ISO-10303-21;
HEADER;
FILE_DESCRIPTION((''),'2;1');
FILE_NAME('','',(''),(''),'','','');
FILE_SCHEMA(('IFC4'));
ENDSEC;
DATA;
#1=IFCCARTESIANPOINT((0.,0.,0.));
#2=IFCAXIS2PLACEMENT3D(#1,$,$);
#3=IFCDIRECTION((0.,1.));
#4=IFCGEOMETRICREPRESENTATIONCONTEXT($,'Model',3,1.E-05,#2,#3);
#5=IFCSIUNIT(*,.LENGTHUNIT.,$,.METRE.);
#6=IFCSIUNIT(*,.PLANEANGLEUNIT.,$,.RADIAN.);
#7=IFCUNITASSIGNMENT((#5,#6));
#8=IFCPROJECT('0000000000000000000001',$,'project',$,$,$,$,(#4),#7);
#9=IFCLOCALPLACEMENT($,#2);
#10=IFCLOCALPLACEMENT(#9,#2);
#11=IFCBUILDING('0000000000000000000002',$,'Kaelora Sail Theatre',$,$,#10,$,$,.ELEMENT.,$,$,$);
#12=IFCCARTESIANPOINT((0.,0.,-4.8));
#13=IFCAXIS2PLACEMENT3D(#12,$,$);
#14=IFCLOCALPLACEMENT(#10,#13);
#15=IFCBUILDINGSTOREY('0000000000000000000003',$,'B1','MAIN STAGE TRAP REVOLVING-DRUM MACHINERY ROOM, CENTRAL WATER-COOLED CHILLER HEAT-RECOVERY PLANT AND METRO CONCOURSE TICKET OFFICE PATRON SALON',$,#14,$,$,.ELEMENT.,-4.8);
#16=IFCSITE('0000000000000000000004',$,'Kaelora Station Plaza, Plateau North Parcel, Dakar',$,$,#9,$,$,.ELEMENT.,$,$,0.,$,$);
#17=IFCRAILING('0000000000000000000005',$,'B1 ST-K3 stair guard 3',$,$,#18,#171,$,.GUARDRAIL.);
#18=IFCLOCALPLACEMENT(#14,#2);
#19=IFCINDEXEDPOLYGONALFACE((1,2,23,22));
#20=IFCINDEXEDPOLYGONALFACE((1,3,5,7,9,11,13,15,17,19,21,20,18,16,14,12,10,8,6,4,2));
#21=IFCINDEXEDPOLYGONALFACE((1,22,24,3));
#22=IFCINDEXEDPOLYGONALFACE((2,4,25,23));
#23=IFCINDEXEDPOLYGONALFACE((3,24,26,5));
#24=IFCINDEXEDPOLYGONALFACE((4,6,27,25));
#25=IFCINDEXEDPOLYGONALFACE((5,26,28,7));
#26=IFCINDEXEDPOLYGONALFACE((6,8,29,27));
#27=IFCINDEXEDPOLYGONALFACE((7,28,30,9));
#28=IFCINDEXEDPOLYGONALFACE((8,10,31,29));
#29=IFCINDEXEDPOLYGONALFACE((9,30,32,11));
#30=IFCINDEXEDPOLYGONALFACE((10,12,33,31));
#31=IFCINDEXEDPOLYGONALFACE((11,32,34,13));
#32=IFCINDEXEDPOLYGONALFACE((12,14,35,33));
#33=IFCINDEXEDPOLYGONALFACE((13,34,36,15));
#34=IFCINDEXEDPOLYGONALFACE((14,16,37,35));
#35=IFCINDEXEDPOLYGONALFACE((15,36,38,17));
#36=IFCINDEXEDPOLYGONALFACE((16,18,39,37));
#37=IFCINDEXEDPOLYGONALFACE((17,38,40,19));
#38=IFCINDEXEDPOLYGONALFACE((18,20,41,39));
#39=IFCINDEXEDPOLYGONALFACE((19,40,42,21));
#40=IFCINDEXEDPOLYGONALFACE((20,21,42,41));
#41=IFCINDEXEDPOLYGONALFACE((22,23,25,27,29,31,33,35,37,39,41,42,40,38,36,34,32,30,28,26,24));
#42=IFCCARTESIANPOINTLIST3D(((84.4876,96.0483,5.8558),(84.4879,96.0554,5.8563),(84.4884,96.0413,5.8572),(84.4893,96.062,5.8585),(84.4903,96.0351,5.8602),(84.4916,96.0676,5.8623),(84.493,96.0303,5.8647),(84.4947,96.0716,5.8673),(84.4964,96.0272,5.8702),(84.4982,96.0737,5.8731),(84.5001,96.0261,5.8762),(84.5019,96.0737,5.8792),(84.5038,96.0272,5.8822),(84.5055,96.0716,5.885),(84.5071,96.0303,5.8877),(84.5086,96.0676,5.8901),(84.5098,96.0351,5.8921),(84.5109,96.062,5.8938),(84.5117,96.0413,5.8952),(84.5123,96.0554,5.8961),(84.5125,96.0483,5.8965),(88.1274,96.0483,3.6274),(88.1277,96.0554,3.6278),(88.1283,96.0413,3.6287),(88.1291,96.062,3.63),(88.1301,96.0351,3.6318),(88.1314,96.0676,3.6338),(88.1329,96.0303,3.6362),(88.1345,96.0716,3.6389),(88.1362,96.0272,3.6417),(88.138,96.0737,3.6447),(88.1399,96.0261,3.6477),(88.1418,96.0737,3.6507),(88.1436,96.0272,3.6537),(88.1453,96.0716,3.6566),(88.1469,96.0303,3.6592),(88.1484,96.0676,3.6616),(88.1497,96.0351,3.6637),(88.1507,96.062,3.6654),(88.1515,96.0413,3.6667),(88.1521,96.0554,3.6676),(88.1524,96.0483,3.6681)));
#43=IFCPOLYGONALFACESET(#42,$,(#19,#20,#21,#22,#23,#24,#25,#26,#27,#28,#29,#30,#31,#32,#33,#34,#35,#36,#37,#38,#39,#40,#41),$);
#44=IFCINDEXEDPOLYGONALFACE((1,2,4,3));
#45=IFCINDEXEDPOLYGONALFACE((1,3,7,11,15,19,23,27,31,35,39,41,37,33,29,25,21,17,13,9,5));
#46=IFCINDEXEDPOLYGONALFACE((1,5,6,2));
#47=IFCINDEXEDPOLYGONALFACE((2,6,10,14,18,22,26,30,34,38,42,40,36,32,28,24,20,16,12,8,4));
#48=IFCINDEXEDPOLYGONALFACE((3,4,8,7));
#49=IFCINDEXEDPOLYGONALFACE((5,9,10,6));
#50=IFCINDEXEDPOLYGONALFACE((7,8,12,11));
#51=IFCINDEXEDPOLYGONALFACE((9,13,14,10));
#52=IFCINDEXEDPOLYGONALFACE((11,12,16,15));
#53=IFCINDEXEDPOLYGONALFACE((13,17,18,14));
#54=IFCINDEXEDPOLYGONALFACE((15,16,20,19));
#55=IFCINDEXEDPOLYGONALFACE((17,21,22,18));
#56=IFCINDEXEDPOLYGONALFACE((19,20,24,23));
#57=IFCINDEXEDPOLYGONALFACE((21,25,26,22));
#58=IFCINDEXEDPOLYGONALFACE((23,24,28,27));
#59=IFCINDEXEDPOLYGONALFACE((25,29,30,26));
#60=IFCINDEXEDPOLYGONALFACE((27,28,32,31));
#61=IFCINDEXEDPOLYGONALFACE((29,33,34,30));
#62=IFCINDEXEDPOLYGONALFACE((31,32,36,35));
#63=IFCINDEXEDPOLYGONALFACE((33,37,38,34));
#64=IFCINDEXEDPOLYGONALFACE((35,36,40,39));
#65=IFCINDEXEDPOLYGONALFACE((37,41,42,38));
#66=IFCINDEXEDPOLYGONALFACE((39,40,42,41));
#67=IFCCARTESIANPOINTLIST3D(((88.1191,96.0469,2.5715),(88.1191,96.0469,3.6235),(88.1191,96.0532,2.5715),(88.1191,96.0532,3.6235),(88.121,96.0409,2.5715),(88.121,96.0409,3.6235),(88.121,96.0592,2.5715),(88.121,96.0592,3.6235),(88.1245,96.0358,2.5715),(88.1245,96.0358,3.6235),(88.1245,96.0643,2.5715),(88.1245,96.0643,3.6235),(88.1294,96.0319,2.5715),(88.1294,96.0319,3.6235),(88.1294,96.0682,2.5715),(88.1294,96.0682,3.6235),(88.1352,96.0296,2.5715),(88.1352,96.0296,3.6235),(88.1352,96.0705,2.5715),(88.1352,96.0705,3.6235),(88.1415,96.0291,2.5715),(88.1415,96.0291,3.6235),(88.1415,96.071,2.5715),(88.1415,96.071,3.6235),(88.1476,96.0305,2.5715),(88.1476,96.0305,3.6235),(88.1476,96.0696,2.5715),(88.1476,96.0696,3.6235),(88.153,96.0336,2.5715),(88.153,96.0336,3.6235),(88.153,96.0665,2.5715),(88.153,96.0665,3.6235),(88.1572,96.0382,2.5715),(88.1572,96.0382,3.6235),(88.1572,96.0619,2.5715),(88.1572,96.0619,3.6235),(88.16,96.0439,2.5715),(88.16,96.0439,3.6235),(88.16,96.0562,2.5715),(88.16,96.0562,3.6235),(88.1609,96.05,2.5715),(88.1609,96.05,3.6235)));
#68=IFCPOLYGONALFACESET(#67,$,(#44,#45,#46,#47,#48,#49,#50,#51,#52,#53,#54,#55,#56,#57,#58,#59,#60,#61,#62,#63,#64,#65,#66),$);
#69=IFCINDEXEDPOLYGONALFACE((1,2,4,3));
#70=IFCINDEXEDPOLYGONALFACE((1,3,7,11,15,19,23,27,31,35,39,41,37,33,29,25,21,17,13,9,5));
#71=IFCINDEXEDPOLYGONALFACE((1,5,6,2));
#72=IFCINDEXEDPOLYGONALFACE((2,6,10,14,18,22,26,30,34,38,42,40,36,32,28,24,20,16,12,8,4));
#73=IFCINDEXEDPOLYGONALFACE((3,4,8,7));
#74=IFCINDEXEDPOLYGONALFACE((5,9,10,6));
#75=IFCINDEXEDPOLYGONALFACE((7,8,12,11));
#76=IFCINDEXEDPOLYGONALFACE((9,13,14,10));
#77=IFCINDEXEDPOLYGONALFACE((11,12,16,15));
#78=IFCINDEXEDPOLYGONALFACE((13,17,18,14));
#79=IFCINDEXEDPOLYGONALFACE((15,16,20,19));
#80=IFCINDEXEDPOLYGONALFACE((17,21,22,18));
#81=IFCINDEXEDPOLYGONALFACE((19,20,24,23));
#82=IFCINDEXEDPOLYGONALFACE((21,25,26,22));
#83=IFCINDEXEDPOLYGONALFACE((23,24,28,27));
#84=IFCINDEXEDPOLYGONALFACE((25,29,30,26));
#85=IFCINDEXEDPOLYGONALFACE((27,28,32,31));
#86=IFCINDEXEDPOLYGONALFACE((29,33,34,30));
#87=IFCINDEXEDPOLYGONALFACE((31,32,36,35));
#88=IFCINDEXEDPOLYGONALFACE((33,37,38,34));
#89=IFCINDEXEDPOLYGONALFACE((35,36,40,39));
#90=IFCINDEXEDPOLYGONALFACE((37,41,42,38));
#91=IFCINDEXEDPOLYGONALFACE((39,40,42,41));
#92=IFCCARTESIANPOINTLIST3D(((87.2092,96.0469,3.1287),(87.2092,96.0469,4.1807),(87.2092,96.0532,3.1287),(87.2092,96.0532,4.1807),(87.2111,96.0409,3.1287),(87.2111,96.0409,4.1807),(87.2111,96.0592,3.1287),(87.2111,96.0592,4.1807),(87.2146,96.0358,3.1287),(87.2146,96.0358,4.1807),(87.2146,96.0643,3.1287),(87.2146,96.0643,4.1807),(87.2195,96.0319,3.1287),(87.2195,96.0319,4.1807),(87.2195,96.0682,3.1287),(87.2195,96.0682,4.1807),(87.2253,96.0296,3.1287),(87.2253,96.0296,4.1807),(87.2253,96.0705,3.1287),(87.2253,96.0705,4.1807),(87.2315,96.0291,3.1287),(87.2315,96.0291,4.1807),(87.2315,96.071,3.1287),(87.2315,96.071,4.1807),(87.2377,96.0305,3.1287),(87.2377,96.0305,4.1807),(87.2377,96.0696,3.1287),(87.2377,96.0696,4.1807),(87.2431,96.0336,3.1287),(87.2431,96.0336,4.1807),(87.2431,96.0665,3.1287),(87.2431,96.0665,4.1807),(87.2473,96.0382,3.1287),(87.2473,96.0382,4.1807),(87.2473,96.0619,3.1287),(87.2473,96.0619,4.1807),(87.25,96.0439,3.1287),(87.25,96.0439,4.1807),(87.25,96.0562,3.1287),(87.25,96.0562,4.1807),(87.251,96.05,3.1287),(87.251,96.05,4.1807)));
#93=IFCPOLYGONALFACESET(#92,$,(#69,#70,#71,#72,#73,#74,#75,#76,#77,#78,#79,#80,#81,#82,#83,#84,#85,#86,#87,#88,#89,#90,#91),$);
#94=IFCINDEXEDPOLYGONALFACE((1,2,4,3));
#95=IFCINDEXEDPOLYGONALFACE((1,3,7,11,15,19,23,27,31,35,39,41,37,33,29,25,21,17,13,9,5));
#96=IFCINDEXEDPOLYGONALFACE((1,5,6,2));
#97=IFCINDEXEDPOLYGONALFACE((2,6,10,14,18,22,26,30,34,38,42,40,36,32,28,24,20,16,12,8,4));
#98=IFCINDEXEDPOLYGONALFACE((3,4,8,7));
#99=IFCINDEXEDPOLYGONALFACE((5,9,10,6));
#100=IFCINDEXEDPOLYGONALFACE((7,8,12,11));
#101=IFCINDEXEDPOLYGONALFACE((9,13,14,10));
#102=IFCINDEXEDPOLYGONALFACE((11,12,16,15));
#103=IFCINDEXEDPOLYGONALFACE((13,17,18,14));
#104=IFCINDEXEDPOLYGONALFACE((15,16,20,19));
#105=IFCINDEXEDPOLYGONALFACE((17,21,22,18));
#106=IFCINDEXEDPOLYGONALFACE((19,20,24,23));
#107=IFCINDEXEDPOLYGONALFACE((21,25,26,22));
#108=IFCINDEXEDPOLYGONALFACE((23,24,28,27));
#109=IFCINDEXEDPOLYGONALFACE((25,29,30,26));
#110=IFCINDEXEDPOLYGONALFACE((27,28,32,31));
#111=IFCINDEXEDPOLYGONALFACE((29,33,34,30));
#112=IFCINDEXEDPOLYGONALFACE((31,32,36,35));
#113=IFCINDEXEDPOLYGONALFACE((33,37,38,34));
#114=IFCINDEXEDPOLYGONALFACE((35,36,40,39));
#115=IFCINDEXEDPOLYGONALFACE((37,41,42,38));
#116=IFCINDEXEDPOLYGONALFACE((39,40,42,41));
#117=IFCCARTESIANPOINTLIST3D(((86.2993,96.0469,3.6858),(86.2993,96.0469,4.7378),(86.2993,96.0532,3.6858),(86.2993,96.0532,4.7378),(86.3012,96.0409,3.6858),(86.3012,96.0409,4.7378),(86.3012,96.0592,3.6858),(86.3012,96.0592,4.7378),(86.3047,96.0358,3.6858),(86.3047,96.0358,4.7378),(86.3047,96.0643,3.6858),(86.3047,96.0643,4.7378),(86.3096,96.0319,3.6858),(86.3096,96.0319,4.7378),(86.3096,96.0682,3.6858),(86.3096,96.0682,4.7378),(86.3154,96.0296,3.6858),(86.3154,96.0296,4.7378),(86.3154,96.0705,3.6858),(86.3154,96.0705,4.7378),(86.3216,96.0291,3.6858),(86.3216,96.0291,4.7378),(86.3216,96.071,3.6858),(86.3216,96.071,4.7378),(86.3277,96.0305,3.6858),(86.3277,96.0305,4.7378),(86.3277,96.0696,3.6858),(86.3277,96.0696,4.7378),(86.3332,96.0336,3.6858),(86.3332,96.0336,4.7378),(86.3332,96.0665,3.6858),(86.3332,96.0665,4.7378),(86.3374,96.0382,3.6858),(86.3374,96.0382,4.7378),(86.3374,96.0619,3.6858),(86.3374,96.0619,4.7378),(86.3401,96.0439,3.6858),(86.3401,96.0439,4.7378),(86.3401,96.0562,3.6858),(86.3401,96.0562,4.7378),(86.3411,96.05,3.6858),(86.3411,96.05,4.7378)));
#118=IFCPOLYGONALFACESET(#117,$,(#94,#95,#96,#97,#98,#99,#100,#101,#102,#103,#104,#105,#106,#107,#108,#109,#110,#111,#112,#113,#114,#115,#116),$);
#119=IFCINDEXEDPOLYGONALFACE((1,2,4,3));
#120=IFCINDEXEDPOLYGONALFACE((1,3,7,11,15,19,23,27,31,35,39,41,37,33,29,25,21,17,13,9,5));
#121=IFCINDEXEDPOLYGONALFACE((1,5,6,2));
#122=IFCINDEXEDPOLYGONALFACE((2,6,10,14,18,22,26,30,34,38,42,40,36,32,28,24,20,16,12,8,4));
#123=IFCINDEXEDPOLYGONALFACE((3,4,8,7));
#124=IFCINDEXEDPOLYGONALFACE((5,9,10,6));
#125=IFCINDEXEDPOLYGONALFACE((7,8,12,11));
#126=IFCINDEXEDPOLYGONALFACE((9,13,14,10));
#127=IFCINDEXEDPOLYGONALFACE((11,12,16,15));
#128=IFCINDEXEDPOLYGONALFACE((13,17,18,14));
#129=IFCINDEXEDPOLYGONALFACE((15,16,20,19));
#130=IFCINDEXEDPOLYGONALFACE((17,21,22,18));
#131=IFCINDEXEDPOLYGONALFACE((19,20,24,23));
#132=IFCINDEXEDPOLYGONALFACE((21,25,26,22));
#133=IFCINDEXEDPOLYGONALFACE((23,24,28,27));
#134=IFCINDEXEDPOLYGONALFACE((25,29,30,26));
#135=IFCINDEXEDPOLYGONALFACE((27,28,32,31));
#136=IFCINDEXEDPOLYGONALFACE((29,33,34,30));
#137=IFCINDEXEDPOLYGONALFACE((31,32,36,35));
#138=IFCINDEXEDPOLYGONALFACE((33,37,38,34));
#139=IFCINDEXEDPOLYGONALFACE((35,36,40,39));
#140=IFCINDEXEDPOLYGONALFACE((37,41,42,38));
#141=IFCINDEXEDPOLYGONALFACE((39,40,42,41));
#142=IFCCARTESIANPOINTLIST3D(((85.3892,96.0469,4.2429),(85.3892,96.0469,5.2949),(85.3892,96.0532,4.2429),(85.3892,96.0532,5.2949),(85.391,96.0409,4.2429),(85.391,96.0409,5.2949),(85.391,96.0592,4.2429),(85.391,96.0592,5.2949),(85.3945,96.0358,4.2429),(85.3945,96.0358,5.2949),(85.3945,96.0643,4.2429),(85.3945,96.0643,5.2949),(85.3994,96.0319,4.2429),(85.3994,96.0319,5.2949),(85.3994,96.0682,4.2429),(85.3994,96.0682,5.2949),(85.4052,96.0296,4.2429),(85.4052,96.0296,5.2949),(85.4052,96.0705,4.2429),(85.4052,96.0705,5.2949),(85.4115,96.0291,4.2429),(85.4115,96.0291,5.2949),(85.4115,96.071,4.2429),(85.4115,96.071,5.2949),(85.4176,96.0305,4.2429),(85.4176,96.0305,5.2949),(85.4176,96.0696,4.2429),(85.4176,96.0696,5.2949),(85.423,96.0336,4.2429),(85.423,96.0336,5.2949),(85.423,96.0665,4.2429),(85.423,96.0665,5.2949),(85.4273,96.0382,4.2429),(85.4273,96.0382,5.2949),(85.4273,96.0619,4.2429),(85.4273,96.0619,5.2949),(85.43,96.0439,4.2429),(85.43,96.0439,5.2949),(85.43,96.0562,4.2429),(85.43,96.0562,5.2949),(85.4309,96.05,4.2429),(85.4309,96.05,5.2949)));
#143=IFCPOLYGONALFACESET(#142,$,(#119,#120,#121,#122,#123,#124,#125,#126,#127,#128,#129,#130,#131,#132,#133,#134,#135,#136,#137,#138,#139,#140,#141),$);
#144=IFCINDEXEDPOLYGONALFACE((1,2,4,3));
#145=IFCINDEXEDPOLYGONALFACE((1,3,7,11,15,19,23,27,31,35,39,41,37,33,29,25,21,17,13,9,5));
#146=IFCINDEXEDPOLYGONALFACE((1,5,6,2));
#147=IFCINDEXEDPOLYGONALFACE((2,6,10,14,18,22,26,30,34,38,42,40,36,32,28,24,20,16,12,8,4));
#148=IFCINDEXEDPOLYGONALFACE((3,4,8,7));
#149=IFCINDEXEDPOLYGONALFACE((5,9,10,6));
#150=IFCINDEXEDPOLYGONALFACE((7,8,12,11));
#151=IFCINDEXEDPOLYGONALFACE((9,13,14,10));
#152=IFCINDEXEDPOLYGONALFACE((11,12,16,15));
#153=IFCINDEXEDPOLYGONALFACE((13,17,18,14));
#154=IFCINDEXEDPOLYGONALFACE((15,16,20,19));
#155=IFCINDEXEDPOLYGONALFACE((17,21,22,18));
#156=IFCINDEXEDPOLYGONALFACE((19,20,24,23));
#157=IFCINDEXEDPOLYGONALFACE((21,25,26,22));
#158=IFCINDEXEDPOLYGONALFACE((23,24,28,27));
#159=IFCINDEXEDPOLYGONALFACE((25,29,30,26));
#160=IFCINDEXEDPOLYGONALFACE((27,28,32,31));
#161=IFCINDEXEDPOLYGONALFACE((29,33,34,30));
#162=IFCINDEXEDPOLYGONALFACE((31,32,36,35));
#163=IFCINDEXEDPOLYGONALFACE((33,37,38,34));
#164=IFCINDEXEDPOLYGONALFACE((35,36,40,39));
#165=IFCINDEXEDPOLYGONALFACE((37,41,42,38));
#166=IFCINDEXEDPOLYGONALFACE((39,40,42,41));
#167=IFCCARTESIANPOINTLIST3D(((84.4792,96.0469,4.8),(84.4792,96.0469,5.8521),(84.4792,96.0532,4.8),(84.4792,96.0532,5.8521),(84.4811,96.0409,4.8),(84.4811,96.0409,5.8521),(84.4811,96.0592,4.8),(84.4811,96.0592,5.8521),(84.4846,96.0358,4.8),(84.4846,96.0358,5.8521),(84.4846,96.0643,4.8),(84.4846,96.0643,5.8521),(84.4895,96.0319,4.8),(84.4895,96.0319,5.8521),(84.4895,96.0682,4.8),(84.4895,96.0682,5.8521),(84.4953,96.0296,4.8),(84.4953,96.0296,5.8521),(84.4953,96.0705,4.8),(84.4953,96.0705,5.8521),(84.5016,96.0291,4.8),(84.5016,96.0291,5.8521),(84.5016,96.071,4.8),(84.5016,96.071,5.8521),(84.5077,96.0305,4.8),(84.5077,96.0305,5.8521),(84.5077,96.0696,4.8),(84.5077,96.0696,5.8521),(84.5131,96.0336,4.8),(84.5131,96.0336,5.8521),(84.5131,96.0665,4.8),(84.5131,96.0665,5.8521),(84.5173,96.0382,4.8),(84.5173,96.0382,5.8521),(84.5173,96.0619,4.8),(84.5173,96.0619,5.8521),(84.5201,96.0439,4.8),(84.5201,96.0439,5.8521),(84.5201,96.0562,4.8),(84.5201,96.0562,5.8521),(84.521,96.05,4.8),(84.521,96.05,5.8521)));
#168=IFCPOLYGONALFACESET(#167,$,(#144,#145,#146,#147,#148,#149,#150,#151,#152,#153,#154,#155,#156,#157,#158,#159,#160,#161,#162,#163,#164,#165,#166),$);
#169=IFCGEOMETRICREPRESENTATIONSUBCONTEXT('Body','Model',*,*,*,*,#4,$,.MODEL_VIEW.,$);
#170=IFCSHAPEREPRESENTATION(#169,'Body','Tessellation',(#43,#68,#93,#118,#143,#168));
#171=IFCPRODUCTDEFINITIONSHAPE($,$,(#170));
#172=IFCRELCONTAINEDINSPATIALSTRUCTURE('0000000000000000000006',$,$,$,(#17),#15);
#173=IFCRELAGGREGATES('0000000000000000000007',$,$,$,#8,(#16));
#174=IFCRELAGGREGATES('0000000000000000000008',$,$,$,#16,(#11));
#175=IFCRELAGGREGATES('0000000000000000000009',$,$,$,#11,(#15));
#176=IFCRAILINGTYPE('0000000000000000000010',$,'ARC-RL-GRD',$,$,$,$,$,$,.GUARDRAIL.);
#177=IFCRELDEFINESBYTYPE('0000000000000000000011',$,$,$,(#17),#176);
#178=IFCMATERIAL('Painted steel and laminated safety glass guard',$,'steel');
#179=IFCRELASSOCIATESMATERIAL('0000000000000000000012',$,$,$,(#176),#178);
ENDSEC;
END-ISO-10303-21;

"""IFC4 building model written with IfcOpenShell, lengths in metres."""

from ifc_helpers import new_model, si_unit, direction, frame, origin, origin_2d, place, context, subcontext, project, spatial, circle, extrude, material, type_object, element, save


model = new_model("IFC4")

# Units and contexts
model_context = context("Model", 3, precision=1e-05, world=origin(), true_north=direction((0.0, 1.0)))
body_context = subcontext(model_context, "Body", "Model", "MODEL_VIEW")
ifc_project = project(units=[si_unit("LENGTHUNIT", "METRE"), si_unit("PLANEANGLEUNIT", "RADIAN")], contexts=[model_context])

# Site, building, storey
site_placement = place(None, origin())
site = spatial("IfcSite", under=ifc_project, at=site_placement, Name="Kaelora Station Plaza, Plateau North Parcel, Dakar", CompositionType="ELEMENT", RefElevation=0.0)
building_placement = place(site_placement, origin())
building = spatial("IfcBuilding", under=site, at=building_placement, Name="Kaelora Sail Theatre", CompositionType="ELEMENT")
storey_placement = place(building_placement, frame((0.0, 0.0, -4.8)))
storey = spatial("IfcBuildingStorey", under=building, at=storey_placement, Name="B1", Description="MAIN STAGE TRAP REVOLVING-DRUM MACHINERY ROOM, CENTRAL WATER-COOLED CHILLER HEAT-RECOVERY PLANT AND METRO CONCOURSE TICKET OFFICE PATRON SALON", CompositionType="ELEMENT", Elevation=-4.8)

# Railing
ifc_material_1 = material(Name="Painted steel and laminated safety glass guard", Category="steel")
railing_type_1 = type_object("IfcRailingType", Name="ARC-RL-GRD", PredefinedType="GUARDRAIL", material=ifc_material_1)
railing_1_placement = place(storey_placement, frame((88.1399, 96.05, 2.5715)))
element("IfcRailing", 1, at=railing_1_placement, inside=storey, type_object=railing_type_1, Name="B1 ST-K3 stair guard 3", PredefinedType="GUARDRAIL", context=body_context, shape_type="SweptSolid", body=[
    extrude(circle(Radius=0.0239, at=origin_2d()), frame((0.0, 0.0, 1.0762), z_axis=(-0.85285, 0.0, 0.522156), x_axis=(0.0, -1.0, 0.0)), (0.0, 0.0, 1.0), 4.2678),
    extrude(circle(Radius=0.021, at=origin_2d()), origin(), (0.0, 0.0, 1.0), 1.052),
    extrude(circle(Radius=0.021, at=origin_2d()), frame((-0.9099, 0.0, 0.5571)), (0.0, 0.0, 1.0), 1.052),
    extrude(circle(Radius=0.021, at=origin_2d()), frame((-1.8198, 0.0, 1.1143)), (0.0, 0.0, 1.0), 1.052),
    extrude(circle(Radius=0.021, at=origin_2d()), frame((-2.73, 0.0, 1.6714)), (0.0, 0.0, 1.0), 1.052),
    extrude(circle(Radius=0.021, at=origin_2d()), frame((-3.6399, 0.0, 2.2285)), (0.0, 0.0, 1.0), 1.052),
])

save(model, "model.ifc")
